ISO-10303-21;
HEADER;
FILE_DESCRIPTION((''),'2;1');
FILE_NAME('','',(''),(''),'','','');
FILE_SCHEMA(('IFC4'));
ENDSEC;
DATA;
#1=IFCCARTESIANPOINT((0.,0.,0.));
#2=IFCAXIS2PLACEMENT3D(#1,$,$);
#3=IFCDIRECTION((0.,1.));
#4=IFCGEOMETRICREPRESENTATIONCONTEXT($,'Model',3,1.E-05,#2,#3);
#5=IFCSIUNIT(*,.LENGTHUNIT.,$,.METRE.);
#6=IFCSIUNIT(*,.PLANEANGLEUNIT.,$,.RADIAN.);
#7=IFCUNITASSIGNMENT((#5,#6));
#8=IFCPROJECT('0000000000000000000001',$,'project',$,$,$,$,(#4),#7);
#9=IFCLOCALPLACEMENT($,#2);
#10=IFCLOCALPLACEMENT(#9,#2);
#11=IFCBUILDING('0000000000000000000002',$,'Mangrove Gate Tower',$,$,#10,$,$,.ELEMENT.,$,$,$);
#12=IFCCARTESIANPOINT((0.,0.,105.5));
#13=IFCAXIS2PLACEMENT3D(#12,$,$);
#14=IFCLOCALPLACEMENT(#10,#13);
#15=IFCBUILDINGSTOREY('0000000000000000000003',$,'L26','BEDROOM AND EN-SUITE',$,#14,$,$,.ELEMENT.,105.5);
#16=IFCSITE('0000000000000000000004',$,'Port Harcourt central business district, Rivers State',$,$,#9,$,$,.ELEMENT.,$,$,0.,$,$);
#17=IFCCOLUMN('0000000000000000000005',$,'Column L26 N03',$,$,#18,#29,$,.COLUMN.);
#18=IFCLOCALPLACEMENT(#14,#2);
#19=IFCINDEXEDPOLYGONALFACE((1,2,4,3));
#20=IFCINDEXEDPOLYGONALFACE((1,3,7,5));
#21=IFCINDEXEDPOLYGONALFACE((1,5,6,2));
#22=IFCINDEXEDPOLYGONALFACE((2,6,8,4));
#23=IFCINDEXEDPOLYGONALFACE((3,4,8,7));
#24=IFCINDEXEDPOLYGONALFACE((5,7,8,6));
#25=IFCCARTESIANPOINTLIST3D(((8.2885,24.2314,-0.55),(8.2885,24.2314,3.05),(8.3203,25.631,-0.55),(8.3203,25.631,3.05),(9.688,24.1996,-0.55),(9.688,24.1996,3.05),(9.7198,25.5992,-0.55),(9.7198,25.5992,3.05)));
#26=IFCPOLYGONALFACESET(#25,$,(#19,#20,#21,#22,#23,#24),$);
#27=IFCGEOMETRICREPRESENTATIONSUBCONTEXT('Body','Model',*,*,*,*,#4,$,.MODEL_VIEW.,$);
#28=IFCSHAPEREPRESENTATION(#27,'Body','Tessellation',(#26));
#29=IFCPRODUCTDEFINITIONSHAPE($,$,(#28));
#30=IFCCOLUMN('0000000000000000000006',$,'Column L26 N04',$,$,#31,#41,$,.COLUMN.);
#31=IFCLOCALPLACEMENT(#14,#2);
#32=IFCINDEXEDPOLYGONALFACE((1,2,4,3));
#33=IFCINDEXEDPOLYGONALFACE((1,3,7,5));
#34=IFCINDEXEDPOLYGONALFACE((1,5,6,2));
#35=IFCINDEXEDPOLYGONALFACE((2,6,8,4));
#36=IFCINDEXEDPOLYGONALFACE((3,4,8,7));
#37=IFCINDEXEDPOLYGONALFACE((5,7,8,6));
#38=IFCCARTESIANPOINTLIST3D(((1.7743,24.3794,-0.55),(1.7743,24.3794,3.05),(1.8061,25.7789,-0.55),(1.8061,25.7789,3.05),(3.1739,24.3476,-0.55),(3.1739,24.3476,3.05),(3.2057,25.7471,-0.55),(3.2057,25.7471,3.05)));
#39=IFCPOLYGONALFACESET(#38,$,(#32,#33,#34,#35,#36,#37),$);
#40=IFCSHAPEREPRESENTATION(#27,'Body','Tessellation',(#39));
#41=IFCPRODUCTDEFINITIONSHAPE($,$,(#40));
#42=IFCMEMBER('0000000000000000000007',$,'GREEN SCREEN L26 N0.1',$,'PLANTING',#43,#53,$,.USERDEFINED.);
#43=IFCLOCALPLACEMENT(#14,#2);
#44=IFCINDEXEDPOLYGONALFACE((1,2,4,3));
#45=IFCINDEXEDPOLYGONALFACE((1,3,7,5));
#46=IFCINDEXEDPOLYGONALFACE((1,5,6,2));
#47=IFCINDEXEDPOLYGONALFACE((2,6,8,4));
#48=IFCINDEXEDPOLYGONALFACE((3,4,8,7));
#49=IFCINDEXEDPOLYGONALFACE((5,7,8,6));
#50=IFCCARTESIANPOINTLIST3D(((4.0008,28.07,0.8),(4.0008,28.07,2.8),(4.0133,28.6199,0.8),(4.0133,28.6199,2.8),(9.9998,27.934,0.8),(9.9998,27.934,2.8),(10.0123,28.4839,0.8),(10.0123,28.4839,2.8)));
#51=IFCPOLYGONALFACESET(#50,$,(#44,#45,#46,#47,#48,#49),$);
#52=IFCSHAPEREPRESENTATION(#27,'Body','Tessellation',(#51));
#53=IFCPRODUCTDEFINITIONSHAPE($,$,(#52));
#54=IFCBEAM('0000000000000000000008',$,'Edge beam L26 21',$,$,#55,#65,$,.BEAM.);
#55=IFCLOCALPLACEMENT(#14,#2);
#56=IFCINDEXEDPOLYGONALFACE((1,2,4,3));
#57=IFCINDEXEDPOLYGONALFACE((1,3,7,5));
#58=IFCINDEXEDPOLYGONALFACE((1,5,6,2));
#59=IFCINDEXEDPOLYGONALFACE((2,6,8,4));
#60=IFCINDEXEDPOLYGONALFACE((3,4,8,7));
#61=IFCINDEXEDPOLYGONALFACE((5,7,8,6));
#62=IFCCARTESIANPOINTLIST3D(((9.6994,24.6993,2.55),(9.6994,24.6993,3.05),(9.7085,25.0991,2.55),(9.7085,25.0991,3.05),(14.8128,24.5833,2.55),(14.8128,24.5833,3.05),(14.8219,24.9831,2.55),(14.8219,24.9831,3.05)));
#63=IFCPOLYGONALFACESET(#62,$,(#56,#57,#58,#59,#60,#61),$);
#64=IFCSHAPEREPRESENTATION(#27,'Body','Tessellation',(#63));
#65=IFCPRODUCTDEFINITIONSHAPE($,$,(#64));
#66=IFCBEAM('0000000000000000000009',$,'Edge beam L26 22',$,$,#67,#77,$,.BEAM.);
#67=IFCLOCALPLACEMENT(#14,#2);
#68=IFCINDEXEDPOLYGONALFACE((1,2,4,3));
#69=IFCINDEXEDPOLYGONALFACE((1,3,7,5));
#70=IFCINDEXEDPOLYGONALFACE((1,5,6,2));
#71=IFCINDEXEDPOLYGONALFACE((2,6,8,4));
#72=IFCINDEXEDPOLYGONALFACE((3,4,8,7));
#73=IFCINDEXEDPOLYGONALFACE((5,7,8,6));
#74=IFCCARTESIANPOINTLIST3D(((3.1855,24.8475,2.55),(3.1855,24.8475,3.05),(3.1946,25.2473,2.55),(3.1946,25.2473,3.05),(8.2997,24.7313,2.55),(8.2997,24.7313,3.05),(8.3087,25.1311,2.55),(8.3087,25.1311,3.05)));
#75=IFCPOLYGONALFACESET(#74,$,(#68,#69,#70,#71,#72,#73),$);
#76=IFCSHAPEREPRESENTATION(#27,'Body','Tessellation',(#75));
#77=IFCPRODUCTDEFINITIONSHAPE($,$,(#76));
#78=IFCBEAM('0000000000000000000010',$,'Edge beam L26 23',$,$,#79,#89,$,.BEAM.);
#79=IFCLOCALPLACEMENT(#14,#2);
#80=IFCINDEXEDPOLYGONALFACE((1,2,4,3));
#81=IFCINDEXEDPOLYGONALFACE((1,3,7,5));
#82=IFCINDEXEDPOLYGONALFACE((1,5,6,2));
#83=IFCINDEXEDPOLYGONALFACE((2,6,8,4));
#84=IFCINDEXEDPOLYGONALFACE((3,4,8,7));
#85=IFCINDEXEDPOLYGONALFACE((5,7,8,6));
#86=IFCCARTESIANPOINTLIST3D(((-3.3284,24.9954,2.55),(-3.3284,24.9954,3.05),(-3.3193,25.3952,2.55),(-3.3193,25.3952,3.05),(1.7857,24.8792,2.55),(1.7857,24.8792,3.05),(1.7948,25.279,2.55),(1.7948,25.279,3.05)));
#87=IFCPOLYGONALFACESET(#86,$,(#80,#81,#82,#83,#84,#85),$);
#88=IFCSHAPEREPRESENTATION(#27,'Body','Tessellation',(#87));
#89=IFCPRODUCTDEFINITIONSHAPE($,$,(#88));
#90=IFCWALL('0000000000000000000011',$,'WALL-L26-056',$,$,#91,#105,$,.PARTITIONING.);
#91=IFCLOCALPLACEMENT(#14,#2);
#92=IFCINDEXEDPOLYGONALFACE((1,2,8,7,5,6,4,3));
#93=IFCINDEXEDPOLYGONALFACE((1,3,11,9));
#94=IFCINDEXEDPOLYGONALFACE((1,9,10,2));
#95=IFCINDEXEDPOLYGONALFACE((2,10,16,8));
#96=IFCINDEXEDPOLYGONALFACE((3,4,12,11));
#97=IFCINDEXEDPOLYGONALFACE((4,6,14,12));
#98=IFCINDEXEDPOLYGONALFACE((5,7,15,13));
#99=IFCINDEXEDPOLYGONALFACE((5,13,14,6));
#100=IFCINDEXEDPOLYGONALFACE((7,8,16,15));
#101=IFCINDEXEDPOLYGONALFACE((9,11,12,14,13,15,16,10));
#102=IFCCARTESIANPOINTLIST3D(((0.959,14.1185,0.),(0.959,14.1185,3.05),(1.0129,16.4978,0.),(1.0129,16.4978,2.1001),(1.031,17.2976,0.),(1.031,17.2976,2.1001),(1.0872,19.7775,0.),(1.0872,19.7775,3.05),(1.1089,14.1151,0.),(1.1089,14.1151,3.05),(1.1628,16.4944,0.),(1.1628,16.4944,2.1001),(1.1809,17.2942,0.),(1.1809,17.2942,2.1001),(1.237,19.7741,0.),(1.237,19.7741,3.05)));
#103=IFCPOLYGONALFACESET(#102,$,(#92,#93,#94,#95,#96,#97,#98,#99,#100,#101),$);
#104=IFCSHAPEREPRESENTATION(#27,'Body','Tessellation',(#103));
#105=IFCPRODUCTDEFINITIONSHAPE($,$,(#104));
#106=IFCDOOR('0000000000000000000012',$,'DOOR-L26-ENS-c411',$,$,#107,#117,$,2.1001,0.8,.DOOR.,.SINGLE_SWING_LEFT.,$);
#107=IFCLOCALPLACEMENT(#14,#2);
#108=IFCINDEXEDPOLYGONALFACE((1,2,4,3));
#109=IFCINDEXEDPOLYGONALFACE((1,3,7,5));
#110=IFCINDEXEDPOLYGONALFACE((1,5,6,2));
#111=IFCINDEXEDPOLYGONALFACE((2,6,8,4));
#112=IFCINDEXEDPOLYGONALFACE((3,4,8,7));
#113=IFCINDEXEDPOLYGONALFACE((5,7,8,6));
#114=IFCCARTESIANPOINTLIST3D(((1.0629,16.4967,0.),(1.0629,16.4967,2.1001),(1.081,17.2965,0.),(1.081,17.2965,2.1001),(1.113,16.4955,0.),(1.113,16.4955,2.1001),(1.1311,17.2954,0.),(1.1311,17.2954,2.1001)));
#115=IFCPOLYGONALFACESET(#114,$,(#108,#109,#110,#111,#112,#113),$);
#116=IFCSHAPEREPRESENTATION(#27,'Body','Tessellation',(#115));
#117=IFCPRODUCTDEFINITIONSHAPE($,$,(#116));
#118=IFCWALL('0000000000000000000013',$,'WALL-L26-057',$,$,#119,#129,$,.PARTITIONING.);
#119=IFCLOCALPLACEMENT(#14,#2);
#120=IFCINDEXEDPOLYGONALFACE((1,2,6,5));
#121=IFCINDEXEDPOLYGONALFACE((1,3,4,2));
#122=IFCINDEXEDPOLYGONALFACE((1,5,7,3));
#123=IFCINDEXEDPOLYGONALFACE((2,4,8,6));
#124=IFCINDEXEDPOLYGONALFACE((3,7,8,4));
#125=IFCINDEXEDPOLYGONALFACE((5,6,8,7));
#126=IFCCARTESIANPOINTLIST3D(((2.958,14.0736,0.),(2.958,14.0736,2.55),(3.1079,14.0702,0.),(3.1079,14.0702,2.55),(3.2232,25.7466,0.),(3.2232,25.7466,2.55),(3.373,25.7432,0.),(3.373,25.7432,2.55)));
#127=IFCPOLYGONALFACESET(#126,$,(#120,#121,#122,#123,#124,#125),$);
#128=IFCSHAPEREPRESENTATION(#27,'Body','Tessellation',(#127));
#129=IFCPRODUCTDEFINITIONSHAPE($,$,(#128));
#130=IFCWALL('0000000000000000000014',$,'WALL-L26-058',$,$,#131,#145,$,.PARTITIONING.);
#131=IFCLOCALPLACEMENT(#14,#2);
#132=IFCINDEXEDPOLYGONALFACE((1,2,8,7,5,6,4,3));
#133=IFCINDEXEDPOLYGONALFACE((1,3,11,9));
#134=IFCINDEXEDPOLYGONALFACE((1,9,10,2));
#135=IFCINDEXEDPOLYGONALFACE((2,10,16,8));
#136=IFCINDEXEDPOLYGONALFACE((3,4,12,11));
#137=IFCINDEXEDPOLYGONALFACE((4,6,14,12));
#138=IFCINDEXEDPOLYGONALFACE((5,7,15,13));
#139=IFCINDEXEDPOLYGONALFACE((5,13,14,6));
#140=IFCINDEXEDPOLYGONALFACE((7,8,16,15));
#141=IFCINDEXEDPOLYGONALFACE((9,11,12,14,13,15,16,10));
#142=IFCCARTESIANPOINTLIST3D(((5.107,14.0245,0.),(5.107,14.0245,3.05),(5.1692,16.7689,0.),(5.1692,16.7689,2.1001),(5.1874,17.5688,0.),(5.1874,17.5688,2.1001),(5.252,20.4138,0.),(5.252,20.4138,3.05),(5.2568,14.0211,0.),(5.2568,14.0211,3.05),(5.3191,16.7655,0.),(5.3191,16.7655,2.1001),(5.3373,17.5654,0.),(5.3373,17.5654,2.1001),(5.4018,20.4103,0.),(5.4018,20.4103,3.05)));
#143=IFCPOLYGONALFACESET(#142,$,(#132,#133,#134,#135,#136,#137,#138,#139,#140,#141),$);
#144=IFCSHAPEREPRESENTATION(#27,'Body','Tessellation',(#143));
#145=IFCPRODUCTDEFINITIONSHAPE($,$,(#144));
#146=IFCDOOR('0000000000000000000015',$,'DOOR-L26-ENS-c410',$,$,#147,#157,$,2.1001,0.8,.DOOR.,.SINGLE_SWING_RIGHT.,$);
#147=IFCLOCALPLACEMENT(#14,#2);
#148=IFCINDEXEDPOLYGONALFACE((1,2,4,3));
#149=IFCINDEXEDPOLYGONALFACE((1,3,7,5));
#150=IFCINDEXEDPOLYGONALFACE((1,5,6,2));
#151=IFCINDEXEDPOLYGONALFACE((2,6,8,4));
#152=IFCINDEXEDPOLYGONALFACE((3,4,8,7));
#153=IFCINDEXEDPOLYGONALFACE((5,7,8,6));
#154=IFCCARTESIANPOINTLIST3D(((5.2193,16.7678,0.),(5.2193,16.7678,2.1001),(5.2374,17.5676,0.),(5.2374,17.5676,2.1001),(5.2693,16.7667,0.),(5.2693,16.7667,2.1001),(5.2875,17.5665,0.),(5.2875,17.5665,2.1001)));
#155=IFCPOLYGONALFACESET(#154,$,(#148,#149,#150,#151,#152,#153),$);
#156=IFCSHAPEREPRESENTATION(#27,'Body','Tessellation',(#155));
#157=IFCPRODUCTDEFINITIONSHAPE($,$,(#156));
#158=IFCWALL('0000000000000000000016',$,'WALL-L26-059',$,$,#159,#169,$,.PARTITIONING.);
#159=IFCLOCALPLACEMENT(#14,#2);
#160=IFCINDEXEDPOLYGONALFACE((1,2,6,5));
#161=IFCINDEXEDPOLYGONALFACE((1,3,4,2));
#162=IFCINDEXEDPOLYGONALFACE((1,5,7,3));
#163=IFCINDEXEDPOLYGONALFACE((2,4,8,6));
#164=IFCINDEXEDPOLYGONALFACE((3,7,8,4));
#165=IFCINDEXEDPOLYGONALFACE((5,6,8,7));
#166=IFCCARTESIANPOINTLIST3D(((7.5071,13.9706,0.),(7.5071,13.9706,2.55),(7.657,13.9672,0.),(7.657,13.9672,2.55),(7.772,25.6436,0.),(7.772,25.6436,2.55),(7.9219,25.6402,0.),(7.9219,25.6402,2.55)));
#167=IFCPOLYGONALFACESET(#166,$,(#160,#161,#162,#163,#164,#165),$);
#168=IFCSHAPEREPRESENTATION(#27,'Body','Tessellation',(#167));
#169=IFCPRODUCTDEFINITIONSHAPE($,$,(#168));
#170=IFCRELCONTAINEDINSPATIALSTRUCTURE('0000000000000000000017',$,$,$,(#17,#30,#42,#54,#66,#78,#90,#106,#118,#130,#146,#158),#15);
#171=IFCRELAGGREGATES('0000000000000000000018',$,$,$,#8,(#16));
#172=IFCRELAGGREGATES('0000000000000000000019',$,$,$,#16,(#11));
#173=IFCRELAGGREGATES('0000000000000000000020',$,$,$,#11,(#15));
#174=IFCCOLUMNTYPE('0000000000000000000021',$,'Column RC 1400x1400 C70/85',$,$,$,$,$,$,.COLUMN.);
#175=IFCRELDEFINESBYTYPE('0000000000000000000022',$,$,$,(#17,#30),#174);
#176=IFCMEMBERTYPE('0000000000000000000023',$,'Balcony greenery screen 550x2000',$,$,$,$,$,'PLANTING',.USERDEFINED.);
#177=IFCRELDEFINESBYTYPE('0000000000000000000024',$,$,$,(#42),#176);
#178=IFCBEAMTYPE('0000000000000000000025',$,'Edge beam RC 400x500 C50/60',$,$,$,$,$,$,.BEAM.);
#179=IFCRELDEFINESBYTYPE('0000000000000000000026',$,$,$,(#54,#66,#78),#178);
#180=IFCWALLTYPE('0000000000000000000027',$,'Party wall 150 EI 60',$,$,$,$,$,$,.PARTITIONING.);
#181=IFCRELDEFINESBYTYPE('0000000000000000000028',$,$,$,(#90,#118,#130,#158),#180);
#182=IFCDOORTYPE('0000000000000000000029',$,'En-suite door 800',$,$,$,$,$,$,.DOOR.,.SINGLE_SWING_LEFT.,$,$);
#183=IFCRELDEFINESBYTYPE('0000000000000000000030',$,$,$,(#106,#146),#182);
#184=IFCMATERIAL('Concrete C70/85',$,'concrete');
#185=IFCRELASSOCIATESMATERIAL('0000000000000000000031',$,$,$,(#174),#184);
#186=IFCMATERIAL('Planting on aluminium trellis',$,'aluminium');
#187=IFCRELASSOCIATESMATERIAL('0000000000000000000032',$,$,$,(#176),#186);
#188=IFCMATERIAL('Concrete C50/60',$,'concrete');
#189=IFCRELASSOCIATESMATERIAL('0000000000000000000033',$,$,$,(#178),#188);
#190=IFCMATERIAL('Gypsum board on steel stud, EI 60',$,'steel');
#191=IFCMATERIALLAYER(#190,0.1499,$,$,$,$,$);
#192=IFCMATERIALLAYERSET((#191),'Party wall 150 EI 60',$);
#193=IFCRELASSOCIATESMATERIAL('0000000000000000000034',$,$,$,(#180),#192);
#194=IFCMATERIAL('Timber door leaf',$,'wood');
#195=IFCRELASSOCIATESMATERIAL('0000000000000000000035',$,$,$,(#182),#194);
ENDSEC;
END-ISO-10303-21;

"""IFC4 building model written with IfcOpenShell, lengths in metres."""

from ifc_helpers import new_model, si_unit, direction, frame, frame_2d, origin, origin_2d, place, context, subcontext, project, spatial, rectangle, extrude, material, layer, layer_set, material_profile, profile_set, type_object, element, fill, save


model = new_model("IFC4")

# Units and contexts
model_context = context("Model", 3, precision=1e-05, world=origin(), true_north=direction((0.0, 1.0)))
body_context = subcontext(model_context, "Body", "Model", "MODEL_VIEW")
ifc_project = project(units=[si_unit("LENGTHUNIT", "METRE"), si_unit("PLANEANGLEUNIT", "RADIAN")], contexts=[model_context])

# Site, building, storey
site_placement = place(None, origin())
site = spatial("IfcSite", under=ifc_project, at=site_placement, Name="Port Harcourt central business district, Rivers State", CompositionType="ELEMENT", RefElevation=0.0)
building_placement = place(site_placement, origin())
building = spatial("IfcBuilding", under=site, at=building_placement, Name="Mangrove Gate Tower", CompositionType="ELEMENT")
storey_placement = place(building_placement, frame((0.0, 0.0, 105.5)))
storey = spatial("IfcBuildingStorey", under=building, at=storey_placement, Name="L26", Description="BEDROOM AND EN-SUITE", CompositionType="ELEMENT", Elevation=105.5)

# Columns
ifc_material_1 = material(Name="Concrete C70/85", Category="concrete")
ifc_material_profile_1 = material_profile(ifc_material_1, rectangle(XDim=1.3999, YDim=1.3999, at=origin_2d()))
ifc_profile_set_1 = profile_set([ifc_material_profile_1], Name="Concrete C70/85")
column_type = type_object("IfcColumnType", Name="Column RC 1400x1400 C70/85", PredefinedType="COLUMN", material=ifc_profile_set_1)
for number, where, z_axis, x_axis, name in (
    (1, (9.0042, 24.9153, -0.55), (0.0, 0.0, 1.0), (-0.999742, 0.022716, 0.0), "Column L26 N03"),
    (2, (2.49, 25.0632, -0.55), (0.0, 0.0, 1.0), (-0.999742, 0.022714, 0.0), "Column L26 N04"),
):
    element("IfcColumn", number, at=place(storey_placement, frame(where, z_axis=z_axis, x_axis=x_axis)), inside=storey, type_object=column_type, Name=name, PredefinedType="COLUMN", context=body_context, shape_type="SweptSolid", body=[
        extrude(rectangle(XDim=1.3999, YDim=1.3999, at=origin_2d()), origin(), (0.0, 0.0, 1.0), 3.6001),
    ])

# Member
ifc_material_2 = material(Name="Planting on aluminium trellis", Category="aluminium")
ifc_material_profile_2 = material_profile(ifc_material_2, rectangle(XDim=0.55, YDim=2.0, at=origin_2d()))
ifc_profile_set_2 = profile_set([ifc_material_profile_2], Name="Planting on aluminium trellis")
member_type = type_object("IfcMemberType", Name="Balcony greenery screen 550x2000", ElementType="PLANTING", PredefinedType="USERDEFINED", material=ifc_profile_set_2)
member_placement = place(storey_placement, frame((4.0071, 28.345, 1.8), z_axis=(0.999743, -0.022662, 0.0), x_axis=(0.022662, 0.999743, 0.0)))
element("IfcMember", 3, at=member_placement, inside=storey, type_object=member_type, Name="GREEN SCREEN L26 N0.1", ObjectType="PLANTING", PredefinedType="USERDEFINED", context=body_context, shape_type="SweptSolid", body=[
    extrude(rectangle(XDim=0.55, YDim=2.0, at=origin_2d()), origin(), (0.0, 0.0, 1.0), 6.0005),
])

# Beams
ifc_material_3 = material(Name="Concrete C50/60", Category="concrete")
ifc_material_profile_3 = material_profile(ifc_material_3, rectangle(XDim=0.3999, YDim=0.5, at=origin_2d()))
ifc_profile_set_3 = profile_set([ifc_material_profile_3], Name="Concrete C50/60")
beam_type = type_object("IfcBeamType", Name="Edge beam RC 400x500 C50/60", PredefinedType="BEAM", material=ifc_profile_set_3)
beam_placement = place(storey_placement, frame((14.8174, 24.7832, 2.8), z_axis=(-0.999743, 0.022673, 0.0), x_axis=(-0.022673, -0.999743, 0.0)))
element("IfcBeam", 4, at=beam_placement, inside=storey, type_object=beam_type, Name="Edge beam L26 21", PredefinedType="BEAM", context=body_context, shape_type="SweptSolid", body=[
    extrude(rectangle(XDim=0.3999, YDim=0.5, at=origin_2d()), origin(), (0.0, 0.0, 1.0), 5.1147),
])
for number, where, z_axis, x_axis, name in (
    (5, (8.3042, 24.9312, 2.8), (-0.999742, 0.022717, 0.0), (-0.022717, -0.999742, 0.0), "Edge beam L26 22"),
    (6, (1.7903, 25.0791, 2.8), (-0.999742, 0.022717, 0.0), (-0.022717, -0.999742, 0.0), "Edge beam L26 23"),
):
    element("IfcBeam", number, at=place(storey_placement, frame(where, z_axis=z_axis, x_axis=x_axis)), inside=storey, type_object=beam_type, Name=name, PredefinedType="BEAM", context=body_context, shape_type="SweptSolid", body=[
        extrude(rectangle(XDim=0.3999, YDim=0.5, at=origin_2d()), origin(), (0.0, 0.0, 1.0), 5.1155),
    ])

# Wall, opening, door
ifc_material_4 = material(Name="Gypsum board on steel stud, EI 60", Category="steel")
ifc_layer_1 = layer(ifc_material_4, 0.1499)
ifc_layer_set_1 = layer_set([ifc_layer_1], Name="Party wall 150 EI 60")
wall_type_1 = type_object("IfcWallType", Name="Party wall 150 EI 60", PredefinedType="PARTITIONING", material=ifc_layer_set_1)
wall_1_placement = place(storey_placement, frame((1.0339, 14.1169, 0.0), z_axis=(0.0, 0.0, 1.0), x_axis=(0.022644, 0.999744, 0.0)))
wall_1 = element("IfcWall", 7, at=wall_1_placement, inside=storey, type_object=wall_type_1, Name="WALL-L26-056", PredefinedType="PARTITIONING", context=body_context, shape_type="SweptSolid", body=[
    extrude(rectangle(XDim=5.6604, YDim=0.1499, at=frame_2d((2.8301, 0.0))), origin(), (0.0, 0.0, 1.0), 3.05),
])
opening_1_placement = place(wall_1_placement, frame((2.3799, 0.0, 0.0)))
opening_1 = element("IfcOpeningElement", 8, at=opening_1_placement, cuts=wall_1, PredefinedType="OPENING", context=body_context, shape_type="SweptSolid", body=[
    extrude(rectangle(XDim=0.8, YDim=2.1001, at=frame_2d((0.3999, 1.05))), frame((0.0, 0.085, 0.0), z_axis=(0.0, -1.0, 0.0), x_axis=(1.0, 0.0, 0.0)), (0.0, 0.0, 1.0), 0.1699),
])
ifc_material_5 = material(Name="Timber door leaf", Category="wood")
door_type = type_object("IfcDoorType", Name="En-suite door 800", OperationType="SINGLE_SWING_LEFT", PredefinedType="DOOR", material=ifc_material_5)
door_1_placement = place(opening_1_placement, origin())
door_1 = element("IfcDoor", 9, at=door_1_placement, inside=storey, type_object=door_type, Name="DOOR-L26-ENS-c411", OperationType="SINGLE_SWING_LEFT", OverallHeight=2.1001, OverallWidth=0.8, PredefinedType="DOOR", context=body_context, shape_type="SweptSolid", body=[
    extrude(rectangle(XDim=0.8, YDim=2.1001, at=frame_2d((0.3999, 1.05))), frame((0.0, 0.0249, 0.0), z_axis=(0.0, -1.0, 0.0), x_axis=(1.0, 0.0, 0.0)), (0.0, 0.0, 1.0), 0.05),
])
fill(opening_1, door_1)

# Wall
wall_2_placement = place(storey_placement, frame((3.033, 14.072, 0.0), z_axis=(0.0, 0.0, 1.0), x_axis=(0.022708, 0.999742, 0.0)))
element("IfcWall", 10, at=wall_2_placement, inside=storey, type_object=wall_type_1, Name="WALL-L26-057", PredefinedType="PARTITIONING", context=body_context, shape_type="SweptSolid", body=[
    extrude(rectangle(XDim=11.676, YDim=0.1499, at=frame_2d((5.8379, 0.0))), origin(), (0.0, 0.0, 1.0), 2.55),
])

# Wall, opening, door
wall_3_placement = place(storey_placement, frame((5.1819, 14.0229, 0.0), z_axis=(0.0, 0.0, 1.0), x_axis=(0.022692, 0.999743, 0.0)))
wall_3 = element("IfcWall", 11, at=wall_3_placement, inside=storey, type_object=wall_type_1, Name="WALL-L26-058", PredefinedType="PARTITIONING", context=body_context, shape_type="SweptSolid", body=[
    extrude(rectangle(XDim=6.3909, YDim=0.1499, at=frame_2d((3.1953, 0.0))), origin(), (0.0, 0.0, 1.0), 3.05),
])
opening_2_placement = place(wall_3_placement, frame((2.7451, 0.0, 0.0)))
opening_2 = element("IfcOpeningElement", 12, at=opening_2_placement, cuts=wall_3, PredefinedType="OPENING", context=body_context, shape_type="SweptSolid", body=[
    extrude(rectangle(XDim=0.8, YDim=2.1001, at=frame_2d((0.3999, 1.05))), frame((0.0, 0.085, 0.0), z_axis=(0.0, -1.0, 0.0), x_axis=(1.0, 0.0, 0.0)), (0.0, 0.0, 1.0), 0.1699),
])
door_2_placement = place(opening_2_placement, origin())
door_2 = element("IfcDoor", 13, at=door_2_placement, inside=storey, type_object=door_type, Name="DOOR-L26-ENS-c410", OperationType="SINGLE_SWING_RIGHT", OverallHeight=2.1001, OverallWidth=0.8, PredefinedType="DOOR", context=body_context, shape_type="SweptSolid", body=[
    extrude(rectangle(XDim=0.8, YDim=2.1001, at=frame_2d((0.3999, 1.05))), frame((0.0, 0.0249, 0.0), z_axis=(0.0, -1.0, 0.0), x_axis=(1.0, 0.0, 0.0)), (0.0, 0.0, 1.0), 0.05),
])
fill(opening_2, door_2)

# Wall
wall_4_placement = place(storey_placement, frame((7.582, 13.969, 0.0), z_axis=(0.0, 0.0, 1.0), x_axis=(0.022687, 0.999743, 0.0)))
element("IfcWall", 14, at=wall_4_placement, inside=storey, type_object=wall_type_1, Name="WALL-L26-059", PredefinedType="PARTITIONING", context=body_context, shape_type="SweptSolid", body=[
    extrude(rectangle(XDim=11.676, YDim=0.1499, at=frame_2d((5.8379, 0.0))), origin(), (0.0, 0.0, 1.0), 2.55),
])

save(model, "model.ifc")
